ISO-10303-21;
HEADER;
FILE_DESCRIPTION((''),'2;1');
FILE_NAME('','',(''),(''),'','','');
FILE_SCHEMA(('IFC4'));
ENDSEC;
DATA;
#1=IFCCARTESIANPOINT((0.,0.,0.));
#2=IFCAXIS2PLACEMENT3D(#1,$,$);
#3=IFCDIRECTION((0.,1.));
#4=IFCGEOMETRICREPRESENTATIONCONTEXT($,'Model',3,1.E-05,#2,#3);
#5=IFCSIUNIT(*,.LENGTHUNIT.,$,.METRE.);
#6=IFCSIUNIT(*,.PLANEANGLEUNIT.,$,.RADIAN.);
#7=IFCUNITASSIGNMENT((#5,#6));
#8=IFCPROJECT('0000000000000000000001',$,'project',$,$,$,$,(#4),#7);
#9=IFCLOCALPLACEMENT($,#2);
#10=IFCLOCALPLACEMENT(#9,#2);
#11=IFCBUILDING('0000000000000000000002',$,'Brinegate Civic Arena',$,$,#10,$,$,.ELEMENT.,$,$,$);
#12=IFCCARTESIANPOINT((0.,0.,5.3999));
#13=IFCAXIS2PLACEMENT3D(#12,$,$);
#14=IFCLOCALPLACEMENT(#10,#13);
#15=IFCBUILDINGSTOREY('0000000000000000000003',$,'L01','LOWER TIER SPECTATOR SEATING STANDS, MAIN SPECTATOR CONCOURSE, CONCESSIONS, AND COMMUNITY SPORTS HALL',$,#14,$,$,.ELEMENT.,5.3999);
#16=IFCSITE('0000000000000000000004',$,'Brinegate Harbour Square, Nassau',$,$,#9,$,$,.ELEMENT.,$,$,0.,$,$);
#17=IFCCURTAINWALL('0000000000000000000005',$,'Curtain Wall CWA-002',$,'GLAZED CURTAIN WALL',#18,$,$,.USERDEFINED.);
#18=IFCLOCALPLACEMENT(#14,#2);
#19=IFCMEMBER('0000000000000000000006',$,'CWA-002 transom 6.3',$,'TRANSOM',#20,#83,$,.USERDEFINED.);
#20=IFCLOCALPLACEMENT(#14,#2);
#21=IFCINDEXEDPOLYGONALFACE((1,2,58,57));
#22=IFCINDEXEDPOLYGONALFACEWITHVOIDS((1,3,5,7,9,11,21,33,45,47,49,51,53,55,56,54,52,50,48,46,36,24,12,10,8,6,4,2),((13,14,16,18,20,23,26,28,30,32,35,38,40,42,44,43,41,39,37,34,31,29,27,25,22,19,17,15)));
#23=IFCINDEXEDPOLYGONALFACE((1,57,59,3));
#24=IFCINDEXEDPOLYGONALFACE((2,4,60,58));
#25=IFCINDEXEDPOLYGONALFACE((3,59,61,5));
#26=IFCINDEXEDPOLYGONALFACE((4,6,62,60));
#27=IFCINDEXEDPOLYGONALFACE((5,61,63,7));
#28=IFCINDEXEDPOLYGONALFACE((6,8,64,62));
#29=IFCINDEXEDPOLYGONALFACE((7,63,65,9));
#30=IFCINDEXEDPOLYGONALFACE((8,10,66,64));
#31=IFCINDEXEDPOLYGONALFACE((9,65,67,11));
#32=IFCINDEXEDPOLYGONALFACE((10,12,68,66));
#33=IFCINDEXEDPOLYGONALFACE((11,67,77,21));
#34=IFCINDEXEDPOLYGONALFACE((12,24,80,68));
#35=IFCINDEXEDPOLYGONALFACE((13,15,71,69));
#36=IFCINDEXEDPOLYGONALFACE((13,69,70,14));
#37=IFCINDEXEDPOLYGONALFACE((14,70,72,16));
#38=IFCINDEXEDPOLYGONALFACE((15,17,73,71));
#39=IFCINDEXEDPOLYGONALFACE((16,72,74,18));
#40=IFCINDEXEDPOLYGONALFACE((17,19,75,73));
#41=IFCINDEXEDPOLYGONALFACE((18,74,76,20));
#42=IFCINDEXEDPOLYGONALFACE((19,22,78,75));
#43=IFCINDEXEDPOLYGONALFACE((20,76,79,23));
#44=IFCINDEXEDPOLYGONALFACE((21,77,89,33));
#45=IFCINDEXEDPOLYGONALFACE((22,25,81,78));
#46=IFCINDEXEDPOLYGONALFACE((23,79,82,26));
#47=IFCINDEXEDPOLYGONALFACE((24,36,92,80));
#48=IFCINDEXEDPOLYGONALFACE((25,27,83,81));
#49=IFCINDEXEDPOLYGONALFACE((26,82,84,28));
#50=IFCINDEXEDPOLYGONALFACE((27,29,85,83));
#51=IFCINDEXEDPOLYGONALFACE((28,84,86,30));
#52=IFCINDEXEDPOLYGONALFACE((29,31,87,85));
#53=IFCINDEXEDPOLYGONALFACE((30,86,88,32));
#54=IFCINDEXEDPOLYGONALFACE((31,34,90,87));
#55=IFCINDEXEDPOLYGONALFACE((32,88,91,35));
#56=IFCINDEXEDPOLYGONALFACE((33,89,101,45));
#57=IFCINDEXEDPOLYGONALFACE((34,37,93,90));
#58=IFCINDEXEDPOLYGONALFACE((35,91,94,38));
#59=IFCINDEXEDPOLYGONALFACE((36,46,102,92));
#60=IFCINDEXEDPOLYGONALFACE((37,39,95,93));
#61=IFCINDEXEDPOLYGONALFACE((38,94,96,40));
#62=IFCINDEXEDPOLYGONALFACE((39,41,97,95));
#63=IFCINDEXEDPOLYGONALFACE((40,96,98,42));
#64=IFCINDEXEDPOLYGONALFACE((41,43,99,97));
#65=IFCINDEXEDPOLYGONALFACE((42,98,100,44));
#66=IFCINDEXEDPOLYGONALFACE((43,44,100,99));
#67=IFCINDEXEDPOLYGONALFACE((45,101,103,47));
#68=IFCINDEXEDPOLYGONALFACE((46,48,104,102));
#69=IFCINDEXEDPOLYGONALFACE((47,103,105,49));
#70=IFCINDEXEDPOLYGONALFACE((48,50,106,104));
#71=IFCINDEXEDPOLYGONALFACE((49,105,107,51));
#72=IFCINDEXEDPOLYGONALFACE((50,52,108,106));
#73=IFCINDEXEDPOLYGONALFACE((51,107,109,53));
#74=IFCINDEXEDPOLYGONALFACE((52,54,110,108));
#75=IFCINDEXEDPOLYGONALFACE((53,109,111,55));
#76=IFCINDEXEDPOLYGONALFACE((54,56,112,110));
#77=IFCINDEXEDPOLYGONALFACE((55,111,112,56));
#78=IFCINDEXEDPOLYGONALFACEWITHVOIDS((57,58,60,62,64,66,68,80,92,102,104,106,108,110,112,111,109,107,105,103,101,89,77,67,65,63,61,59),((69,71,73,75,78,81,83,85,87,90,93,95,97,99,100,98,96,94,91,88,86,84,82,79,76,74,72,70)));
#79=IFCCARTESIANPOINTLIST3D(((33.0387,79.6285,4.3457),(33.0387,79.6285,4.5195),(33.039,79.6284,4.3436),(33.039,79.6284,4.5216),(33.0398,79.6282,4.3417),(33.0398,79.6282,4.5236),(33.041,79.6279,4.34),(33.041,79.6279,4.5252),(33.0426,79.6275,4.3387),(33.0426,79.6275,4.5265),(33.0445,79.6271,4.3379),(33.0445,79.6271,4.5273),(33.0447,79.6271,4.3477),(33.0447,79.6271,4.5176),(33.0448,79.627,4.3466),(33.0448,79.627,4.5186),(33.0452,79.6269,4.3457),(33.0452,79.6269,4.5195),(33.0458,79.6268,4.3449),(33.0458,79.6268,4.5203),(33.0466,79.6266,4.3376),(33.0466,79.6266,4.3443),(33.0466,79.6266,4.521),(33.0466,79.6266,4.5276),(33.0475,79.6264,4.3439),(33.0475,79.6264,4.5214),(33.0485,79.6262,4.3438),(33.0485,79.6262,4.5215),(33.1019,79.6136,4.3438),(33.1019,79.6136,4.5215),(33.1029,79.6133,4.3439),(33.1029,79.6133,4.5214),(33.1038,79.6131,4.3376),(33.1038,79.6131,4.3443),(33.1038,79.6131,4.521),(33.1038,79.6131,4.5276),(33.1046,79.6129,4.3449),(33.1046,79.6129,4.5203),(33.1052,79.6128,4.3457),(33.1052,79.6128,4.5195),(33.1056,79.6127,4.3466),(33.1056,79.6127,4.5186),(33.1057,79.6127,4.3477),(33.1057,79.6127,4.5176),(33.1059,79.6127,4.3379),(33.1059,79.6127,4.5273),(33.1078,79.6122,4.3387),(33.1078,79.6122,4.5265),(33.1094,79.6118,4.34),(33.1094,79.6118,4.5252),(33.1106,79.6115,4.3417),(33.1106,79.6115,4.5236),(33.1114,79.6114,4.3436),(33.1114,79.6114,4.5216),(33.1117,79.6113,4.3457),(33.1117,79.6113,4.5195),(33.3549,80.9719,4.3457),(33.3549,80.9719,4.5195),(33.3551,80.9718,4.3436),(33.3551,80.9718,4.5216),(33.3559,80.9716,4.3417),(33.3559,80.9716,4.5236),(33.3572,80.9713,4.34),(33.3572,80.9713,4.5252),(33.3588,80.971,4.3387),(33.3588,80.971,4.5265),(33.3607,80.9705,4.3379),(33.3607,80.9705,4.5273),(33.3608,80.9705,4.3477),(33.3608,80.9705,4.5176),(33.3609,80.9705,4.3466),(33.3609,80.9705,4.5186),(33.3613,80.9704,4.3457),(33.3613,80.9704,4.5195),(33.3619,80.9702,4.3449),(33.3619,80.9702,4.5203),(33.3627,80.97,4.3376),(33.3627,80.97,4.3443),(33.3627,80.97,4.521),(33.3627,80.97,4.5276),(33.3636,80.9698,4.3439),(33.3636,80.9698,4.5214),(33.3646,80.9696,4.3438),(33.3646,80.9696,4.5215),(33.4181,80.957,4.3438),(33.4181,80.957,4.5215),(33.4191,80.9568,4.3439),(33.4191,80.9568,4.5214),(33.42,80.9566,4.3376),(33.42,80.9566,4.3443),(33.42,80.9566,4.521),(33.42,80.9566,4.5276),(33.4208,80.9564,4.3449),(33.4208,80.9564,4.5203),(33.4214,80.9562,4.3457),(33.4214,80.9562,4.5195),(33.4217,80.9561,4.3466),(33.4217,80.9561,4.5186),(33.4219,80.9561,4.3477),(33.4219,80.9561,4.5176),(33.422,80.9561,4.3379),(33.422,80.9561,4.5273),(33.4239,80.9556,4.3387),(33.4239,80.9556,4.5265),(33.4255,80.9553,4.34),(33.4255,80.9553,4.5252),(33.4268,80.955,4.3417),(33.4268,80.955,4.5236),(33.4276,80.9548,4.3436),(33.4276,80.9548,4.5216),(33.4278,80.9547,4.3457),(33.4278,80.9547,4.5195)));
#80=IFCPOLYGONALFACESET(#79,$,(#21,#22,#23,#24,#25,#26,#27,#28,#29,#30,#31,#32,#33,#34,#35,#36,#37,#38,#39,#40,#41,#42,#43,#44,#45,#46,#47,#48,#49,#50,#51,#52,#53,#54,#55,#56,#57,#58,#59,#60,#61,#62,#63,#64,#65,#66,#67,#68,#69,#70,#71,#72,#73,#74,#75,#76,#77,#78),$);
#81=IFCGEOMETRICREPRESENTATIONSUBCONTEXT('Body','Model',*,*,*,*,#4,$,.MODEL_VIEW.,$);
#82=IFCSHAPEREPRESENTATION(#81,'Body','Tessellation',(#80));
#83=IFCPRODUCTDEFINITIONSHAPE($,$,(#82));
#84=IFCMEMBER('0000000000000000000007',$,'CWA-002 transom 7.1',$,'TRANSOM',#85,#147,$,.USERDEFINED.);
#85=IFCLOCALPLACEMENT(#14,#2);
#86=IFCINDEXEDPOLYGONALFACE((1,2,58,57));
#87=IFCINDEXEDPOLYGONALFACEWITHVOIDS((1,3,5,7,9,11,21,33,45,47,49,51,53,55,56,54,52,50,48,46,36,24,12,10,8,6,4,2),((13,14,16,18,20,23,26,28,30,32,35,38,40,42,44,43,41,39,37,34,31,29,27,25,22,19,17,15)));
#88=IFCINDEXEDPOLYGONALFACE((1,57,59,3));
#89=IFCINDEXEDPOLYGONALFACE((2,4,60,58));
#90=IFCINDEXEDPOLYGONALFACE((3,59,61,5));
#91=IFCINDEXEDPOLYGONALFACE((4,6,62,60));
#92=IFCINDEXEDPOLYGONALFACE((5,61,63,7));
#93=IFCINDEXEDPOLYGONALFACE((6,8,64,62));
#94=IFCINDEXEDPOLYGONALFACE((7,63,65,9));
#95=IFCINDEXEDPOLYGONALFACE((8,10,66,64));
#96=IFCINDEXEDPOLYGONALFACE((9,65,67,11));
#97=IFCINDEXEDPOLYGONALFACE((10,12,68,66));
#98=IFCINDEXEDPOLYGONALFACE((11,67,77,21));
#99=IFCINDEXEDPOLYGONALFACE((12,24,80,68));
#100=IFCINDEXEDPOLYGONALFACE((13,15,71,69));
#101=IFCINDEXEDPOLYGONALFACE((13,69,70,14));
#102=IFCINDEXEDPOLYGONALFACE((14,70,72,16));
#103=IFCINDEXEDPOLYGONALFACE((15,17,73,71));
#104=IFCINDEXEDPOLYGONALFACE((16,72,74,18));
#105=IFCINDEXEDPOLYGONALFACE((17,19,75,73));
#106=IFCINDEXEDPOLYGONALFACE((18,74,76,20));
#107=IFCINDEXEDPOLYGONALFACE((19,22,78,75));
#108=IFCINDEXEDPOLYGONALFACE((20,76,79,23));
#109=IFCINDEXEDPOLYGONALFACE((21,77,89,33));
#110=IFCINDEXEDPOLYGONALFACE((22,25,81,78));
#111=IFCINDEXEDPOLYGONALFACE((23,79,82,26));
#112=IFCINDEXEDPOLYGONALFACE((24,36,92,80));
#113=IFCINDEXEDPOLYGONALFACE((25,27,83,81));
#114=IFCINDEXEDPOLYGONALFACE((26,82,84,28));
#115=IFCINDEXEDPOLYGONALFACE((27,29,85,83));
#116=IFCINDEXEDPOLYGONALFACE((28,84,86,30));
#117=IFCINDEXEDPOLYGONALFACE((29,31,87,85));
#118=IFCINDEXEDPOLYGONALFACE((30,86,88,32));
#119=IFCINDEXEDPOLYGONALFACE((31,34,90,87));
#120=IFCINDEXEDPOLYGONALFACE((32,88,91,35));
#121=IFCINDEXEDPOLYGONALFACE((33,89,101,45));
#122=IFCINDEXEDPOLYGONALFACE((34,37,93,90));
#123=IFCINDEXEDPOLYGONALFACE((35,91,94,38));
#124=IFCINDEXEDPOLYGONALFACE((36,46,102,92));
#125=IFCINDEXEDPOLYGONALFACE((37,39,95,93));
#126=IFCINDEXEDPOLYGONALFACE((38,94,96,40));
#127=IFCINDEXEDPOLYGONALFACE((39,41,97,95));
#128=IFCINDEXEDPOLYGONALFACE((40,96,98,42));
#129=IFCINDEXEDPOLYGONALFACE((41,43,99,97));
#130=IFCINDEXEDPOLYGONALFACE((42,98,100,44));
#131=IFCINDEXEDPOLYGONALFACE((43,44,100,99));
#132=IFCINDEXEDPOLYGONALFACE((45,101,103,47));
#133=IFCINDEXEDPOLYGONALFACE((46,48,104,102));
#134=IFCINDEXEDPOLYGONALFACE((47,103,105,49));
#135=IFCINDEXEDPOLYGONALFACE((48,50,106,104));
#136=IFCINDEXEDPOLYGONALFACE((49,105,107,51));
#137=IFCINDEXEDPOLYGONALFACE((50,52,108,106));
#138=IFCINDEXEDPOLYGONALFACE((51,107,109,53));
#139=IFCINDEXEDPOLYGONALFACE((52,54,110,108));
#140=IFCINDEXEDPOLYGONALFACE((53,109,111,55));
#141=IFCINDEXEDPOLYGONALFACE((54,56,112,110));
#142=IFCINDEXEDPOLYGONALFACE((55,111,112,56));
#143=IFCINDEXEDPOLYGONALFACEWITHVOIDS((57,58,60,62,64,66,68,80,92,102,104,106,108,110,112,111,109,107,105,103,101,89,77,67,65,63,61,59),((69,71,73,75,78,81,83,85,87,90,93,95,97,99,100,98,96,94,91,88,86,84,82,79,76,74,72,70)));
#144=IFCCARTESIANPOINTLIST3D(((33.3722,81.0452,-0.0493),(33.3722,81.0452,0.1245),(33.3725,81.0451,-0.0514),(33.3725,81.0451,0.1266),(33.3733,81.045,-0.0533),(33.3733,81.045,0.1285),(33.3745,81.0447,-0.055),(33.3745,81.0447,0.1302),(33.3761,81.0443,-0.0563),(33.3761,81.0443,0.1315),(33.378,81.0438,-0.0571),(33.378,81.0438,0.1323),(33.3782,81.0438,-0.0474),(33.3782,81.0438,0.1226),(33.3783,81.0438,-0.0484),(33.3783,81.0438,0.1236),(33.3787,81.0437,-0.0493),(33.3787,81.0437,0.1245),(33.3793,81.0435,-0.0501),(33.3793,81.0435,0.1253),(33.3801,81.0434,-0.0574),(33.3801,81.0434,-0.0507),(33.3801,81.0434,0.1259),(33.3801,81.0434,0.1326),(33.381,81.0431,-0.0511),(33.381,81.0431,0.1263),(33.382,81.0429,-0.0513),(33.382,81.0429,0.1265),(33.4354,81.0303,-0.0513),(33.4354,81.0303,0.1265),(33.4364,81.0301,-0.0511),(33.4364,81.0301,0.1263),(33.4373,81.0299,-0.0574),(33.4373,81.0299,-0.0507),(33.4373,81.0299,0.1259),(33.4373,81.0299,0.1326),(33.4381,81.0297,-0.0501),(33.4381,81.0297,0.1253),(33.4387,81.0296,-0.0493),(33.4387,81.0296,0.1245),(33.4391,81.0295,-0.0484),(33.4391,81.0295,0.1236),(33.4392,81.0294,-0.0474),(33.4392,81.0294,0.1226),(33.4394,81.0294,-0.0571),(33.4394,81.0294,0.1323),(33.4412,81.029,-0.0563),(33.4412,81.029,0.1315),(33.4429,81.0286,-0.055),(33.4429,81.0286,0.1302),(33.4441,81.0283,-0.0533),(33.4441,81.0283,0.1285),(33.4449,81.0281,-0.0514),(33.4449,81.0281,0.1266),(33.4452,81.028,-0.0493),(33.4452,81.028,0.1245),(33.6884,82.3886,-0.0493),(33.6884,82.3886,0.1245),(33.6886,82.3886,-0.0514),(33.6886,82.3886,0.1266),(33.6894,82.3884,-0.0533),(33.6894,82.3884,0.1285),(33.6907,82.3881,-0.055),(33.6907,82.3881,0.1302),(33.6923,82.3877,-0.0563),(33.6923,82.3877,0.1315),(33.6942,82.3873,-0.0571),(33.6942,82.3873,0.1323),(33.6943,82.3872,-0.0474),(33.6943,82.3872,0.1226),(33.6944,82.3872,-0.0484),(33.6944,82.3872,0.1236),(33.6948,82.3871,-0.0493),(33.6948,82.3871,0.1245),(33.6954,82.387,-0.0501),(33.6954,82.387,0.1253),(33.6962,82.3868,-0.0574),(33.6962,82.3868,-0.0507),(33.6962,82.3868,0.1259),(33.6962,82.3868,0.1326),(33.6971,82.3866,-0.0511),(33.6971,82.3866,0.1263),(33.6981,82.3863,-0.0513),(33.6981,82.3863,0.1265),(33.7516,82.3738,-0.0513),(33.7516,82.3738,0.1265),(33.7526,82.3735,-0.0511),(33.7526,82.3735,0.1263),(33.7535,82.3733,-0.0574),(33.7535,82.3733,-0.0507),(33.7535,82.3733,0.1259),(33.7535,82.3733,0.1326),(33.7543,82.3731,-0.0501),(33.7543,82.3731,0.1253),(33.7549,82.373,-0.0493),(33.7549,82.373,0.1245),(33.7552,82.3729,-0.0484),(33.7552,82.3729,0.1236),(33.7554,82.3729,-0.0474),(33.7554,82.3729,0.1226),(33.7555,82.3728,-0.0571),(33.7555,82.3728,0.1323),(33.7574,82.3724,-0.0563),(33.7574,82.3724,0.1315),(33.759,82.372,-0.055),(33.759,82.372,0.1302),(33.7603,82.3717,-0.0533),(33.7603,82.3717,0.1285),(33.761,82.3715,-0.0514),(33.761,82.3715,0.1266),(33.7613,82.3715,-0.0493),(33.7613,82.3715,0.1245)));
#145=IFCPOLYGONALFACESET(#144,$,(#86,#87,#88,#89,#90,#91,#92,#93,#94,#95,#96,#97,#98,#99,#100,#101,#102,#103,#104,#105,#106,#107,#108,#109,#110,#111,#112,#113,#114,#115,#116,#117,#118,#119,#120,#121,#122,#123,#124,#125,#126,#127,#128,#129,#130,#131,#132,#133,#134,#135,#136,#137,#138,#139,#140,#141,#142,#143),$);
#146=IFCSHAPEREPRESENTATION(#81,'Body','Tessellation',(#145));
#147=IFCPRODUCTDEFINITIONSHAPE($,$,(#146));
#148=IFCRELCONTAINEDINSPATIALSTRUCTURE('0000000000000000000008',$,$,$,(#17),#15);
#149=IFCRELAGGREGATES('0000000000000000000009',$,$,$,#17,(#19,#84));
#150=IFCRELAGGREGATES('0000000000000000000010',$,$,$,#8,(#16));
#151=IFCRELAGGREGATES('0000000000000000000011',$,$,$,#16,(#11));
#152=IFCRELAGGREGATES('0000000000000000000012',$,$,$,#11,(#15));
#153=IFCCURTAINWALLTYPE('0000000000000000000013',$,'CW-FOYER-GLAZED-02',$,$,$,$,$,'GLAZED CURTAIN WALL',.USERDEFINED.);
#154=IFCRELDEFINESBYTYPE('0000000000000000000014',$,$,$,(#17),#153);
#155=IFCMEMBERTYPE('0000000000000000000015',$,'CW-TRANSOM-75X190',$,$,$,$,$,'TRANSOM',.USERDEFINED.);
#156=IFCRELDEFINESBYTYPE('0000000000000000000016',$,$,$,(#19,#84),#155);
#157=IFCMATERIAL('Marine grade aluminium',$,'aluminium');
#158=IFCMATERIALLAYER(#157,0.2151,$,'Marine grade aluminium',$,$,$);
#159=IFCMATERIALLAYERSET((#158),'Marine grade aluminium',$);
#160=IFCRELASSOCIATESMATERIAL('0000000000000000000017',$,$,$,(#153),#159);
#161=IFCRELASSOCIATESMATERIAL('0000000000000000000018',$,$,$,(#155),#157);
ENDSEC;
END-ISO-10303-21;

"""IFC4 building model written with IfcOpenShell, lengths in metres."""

from ifc_helpers import new_model, si_unit, direction, frame, origin, origin_2d, place, context, subcontext, project, spatial, hollow_rectangle, extrude, material, layer, layer_set, material_profile, profile_set, type_object, element, aggregate, save


model = new_model("IFC4")

# Units and contexts
model_context = context("Model", 3, precision=1e-05, world=origin(), true_north=direction((0.0, 1.0)))
body_context = subcontext(model_context, "Body", "Model", "MODEL_VIEW")
ifc_project = project(units=[si_unit("LENGTHUNIT", "METRE"), si_unit("PLANEANGLEUNIT", "RADIAN")], contexts=[model_context])

# Site, building, storey
site_placement = place(None, origin())
site = spatial("IfcSite", under=ifc_project, at=site_placement, Name="Brinegate Harbour Square, Nassau", CompositionType="ELEMENT", RefElevation=0.0)
building_placement = place(site_placement, origin())
building = spatial("IfcBuilding", under=site, at=building_placement, Name="Brinegate Civic Arena", CompositionType="ELEMENT")
storey_placement = place(building_placement, frame((0.0, 0.0, 5.3999)))
storey = spatial("IfcBuildingStorey", under=building, at=storey_placement, Name="L01", Description="LOWER TIER SPECTATOR SEATING STANDS, MAIN SPECTATOR CONCOURSE, CONCESSIONS, AND COMMUNITY SPORTS HALL", CompositionType="ELEMENT", Elevation=5.3999)

# Curtain wall, members
ifc_material_1 = material(Name="Marine grade aluminium", Category="aluminium")
ifc_layer_1 = layer(ifc_material_1, 0.2151, Name="Marine grade aluminium")
ifc_layer_set_1 = layer_set([ifc_layer_1], Name="Marine grade aluminium")
curtain_wall_type = type_object("IfcCurtainWallType", Name="CW-FOYER-GLAZED-02", ElementType="GLAZED CURTAIN WALL", PredefinedType="USERDEFINED", material=ifc_layer_set_1)
curtain_wall_placement = place(storey_placement, origin())
curtain_wall = element("IfcCurtainWall", 1, at=curtain_wall_placement, inside=storey, type_object=curtain_wall_type, Name="Curtain Wall CWA-002", ObjectType="GLAZED CURTAIN WALL", PredefinedType="USERDEFINED")
ifc_material_profile_1 = material_profile(ifc_material_1, hollow_rectangle(XDim=0.075, YDim=0.1899, WallThickness=0.0061, InnerFilletRadius=0.0039, OuterFilletRadius=0.0081, at=origin_2d()), Name="TRN75X190")
ifc_profile_set_1 = profile_set([ifc_material_profile_1], Name="Marine grade aluminium")
member_type_1 = type_object("IfcMemberType", Name="CW-TRANSOM-75X190", ElementType="TRANSOM", PredefinedType="USERDEFINED", material=ifc_profile_set_1)
member_1_placement = place(storey_placement, frame((33.0752, 79.6199, 4.4326), z_axis=(0.229069, 0.97341, 0.0), x_axis=(-0.97341, 0.229069, 0.0)))
member_1 = element("IfcMember", 2, at=member_1_placement, type_object=member_type_1, Name="CWA-002 transom 6.3", ObjectType="TRANSOM", PredefinedType="USERDEFINED", context=body_context, shape_type="SweptSolid", body=[
    extrude(hollow_rectangle(XDim=0.075, YDim=0.1899, WallThickness=0.0061, InnerFilletRadius=0.0039, OuterFilletRadius=0.0081, at=origin_2d()), origin(), (0.0, 0.0, 1.0), 1.3801),
])
member_2_placement = place(storey_placement, frame((33.4087, 81.0366, 0.0376), z_axis=(0.229069, 0.97341, 0.0), x_axis=(-0.97341, 0.229069, 0.0)))
member_2 = element("IfcMember", 3, at=member_2_placement, type_object=member_type_1, Name="CWA-002 transom 7.1", ObjectType="TRANSOM", PredefinedType="USERDEFINED", context=body_context, shape_type="SweptSolid", body=[
    extrude(hollow_rectangle(XDim=0.075, YDim=0.1899, WallThickness=0.0061, InnerFilletRadius=0.0039, OuterFilletRadius=0.0081, at=origin_2d()), origin(), (0.0, 0.0, 1.0), 1.3801),
])

aggregate(curtain_wall, [member_1, member_2])

save(model, "model.ifc")
